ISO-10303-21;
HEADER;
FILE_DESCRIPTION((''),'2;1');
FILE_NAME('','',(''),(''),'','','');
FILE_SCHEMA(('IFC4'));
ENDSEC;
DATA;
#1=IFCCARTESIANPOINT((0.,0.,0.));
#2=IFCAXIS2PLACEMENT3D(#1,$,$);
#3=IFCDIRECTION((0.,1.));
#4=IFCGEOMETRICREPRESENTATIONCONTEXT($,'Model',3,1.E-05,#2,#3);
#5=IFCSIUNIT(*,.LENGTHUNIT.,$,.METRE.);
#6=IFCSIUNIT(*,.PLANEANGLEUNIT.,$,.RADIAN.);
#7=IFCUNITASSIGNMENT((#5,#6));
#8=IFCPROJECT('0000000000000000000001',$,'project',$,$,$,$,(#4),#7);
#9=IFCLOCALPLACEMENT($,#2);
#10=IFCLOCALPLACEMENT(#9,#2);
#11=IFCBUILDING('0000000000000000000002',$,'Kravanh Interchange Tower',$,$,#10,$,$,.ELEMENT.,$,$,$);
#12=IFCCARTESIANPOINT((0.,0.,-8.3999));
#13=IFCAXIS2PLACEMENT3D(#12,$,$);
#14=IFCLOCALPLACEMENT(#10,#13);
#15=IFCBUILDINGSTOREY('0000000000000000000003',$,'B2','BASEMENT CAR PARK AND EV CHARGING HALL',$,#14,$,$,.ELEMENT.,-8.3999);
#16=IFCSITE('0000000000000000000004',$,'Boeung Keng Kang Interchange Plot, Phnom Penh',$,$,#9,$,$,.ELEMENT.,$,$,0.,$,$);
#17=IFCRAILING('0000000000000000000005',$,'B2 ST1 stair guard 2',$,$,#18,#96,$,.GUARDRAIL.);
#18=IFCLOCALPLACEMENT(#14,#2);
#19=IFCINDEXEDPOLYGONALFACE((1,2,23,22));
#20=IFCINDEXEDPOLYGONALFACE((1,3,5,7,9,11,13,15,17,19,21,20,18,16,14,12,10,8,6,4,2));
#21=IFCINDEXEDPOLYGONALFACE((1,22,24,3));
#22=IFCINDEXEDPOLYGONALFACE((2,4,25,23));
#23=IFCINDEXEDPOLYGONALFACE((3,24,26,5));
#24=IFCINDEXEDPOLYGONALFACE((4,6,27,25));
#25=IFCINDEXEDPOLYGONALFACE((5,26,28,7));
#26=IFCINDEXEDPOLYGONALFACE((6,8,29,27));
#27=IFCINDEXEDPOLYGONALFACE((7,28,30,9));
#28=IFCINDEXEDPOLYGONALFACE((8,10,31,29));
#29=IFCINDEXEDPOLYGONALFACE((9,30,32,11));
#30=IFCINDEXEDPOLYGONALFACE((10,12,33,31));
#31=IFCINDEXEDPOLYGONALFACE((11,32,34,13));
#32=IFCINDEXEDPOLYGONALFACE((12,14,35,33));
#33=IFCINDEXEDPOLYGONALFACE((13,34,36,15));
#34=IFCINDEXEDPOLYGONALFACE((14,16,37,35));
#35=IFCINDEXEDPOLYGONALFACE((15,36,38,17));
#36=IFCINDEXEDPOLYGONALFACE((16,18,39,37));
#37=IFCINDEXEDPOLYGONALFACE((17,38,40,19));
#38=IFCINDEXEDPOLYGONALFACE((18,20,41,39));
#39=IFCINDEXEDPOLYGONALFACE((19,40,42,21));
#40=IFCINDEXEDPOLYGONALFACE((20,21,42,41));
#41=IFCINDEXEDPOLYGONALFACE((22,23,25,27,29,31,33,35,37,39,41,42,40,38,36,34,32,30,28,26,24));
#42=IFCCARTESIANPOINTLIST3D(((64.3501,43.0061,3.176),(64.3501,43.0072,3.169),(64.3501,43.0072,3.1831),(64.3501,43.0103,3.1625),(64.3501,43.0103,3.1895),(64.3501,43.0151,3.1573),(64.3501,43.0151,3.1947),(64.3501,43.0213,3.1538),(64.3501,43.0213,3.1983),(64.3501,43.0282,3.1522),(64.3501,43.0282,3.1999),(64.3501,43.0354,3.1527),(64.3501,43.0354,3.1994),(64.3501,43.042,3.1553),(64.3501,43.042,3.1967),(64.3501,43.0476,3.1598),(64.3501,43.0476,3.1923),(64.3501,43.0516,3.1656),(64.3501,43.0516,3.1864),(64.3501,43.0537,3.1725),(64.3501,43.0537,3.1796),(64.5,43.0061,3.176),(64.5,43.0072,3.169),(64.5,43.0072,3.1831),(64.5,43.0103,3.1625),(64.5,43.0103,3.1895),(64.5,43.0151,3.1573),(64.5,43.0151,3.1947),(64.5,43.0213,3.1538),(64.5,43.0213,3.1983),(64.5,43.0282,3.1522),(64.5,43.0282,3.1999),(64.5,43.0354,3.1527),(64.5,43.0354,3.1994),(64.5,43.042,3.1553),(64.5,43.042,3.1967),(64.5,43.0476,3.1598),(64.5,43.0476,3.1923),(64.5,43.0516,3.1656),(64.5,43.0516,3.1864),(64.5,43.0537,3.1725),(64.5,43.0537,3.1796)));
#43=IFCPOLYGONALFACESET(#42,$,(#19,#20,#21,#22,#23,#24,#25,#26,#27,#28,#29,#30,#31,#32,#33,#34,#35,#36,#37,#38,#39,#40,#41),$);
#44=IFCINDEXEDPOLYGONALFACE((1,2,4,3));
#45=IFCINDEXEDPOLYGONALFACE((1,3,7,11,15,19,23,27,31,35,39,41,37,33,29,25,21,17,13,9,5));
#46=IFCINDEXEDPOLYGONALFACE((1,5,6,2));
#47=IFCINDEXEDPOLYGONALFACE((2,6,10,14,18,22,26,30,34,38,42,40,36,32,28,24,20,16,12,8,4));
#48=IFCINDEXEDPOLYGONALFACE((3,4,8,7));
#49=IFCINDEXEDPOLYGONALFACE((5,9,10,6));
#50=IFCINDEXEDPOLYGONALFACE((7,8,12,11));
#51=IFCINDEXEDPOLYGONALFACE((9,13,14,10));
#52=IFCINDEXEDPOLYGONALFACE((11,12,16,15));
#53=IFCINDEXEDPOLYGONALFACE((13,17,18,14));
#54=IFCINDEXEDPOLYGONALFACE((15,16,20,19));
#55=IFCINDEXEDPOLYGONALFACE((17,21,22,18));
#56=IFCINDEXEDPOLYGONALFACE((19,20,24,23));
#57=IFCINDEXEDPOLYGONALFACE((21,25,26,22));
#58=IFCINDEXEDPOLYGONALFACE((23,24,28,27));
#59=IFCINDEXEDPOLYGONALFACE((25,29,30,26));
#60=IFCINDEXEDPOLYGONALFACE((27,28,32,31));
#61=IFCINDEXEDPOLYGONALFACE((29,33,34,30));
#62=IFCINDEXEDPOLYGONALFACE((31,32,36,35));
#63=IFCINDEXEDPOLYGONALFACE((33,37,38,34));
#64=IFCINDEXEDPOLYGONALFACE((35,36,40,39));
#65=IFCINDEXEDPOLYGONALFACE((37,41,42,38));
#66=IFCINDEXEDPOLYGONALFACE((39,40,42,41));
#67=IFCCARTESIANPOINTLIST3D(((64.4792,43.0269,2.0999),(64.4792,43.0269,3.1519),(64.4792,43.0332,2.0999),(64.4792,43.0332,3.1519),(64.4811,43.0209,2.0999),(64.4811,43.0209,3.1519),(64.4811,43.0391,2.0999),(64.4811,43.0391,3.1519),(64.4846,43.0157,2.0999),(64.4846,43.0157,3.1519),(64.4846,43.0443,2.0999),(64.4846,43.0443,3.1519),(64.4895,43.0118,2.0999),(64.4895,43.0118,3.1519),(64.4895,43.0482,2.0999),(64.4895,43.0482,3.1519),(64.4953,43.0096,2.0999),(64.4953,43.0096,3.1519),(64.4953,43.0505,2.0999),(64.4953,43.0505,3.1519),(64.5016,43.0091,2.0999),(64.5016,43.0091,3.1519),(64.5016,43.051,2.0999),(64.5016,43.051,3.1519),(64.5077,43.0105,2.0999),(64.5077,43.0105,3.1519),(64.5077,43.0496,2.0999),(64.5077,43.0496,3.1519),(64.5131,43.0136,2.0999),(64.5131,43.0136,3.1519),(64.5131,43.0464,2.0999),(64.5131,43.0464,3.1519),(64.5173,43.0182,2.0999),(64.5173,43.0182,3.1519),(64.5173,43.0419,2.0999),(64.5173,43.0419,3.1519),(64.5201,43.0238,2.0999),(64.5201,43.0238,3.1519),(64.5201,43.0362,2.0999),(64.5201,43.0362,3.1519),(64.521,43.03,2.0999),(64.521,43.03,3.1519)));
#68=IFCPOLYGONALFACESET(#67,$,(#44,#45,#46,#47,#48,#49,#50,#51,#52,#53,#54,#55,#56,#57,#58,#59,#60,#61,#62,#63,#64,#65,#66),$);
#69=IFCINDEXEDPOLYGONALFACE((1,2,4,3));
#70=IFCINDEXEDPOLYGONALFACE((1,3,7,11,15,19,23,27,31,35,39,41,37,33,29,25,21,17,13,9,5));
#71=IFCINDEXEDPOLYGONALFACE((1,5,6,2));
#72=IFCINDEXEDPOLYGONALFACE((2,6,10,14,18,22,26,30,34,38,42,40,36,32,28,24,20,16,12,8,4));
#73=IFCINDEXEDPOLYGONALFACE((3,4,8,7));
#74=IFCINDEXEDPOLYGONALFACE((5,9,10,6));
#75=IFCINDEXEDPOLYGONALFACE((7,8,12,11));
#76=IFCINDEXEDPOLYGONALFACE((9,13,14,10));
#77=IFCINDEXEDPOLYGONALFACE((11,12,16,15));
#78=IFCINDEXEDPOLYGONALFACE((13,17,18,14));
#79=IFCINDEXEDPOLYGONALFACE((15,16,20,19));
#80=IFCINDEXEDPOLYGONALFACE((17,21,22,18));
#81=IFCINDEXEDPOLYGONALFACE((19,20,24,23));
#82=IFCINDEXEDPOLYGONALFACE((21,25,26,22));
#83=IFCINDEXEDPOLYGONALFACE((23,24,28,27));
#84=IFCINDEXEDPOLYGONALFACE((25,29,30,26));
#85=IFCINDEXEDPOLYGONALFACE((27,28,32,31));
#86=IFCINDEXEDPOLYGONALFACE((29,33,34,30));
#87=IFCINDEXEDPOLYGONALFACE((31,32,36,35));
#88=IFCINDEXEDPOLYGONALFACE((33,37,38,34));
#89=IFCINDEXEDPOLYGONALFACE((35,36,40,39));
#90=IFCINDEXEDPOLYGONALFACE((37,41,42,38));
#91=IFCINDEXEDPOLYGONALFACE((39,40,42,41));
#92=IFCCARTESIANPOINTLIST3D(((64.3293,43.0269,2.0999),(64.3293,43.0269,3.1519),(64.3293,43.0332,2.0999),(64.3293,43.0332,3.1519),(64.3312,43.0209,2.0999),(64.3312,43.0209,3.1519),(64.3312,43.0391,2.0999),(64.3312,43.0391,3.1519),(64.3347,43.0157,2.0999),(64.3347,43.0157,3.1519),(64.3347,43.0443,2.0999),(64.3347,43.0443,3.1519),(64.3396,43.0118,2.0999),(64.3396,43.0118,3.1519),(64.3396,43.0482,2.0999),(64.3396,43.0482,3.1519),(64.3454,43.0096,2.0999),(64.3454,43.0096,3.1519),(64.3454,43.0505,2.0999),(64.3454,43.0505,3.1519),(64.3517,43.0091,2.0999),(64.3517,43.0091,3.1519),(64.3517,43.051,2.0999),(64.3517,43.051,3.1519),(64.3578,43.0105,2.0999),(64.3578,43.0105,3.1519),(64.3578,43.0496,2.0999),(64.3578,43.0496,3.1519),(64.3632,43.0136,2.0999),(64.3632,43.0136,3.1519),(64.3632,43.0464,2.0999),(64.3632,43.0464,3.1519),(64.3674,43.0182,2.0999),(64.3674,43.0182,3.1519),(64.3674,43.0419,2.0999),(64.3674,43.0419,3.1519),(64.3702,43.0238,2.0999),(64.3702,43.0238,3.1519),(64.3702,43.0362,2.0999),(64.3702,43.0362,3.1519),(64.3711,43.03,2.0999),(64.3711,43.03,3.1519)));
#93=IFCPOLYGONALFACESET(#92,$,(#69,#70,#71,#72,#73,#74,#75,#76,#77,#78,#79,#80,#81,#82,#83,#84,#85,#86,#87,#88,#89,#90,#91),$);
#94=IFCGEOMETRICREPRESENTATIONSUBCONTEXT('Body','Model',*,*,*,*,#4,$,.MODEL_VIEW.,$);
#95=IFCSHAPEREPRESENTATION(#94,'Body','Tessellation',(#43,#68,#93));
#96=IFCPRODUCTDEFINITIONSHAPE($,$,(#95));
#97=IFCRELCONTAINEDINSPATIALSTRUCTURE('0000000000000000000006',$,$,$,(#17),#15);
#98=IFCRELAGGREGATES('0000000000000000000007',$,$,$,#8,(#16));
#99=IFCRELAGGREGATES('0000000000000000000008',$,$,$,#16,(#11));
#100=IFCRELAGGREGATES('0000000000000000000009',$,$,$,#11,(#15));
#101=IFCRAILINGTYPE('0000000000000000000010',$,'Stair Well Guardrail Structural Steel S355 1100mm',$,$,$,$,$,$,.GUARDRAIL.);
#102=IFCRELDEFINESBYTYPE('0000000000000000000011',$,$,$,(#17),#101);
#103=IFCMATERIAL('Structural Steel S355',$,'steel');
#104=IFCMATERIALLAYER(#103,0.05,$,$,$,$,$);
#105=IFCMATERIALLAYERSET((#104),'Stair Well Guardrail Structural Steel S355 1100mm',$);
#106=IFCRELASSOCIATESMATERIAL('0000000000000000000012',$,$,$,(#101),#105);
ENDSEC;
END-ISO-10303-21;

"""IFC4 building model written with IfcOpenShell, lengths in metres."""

from ifc_helpers import new_model, si_unit, direction, frame, origin, origin_2d, place, context, subcontext, project, spatial, circle, extrude, material, layer, layer_set, type_object, element, save


model = new_model("IFC4")

# Units and contexts
model_context = context("Model", 3, precision=1e-05, world=origin(), true_north=direction((0.0, 1.0)))
body_context = subcontext(model_context, "Body", "Model", "MODEL_VIEW")
ifc_project = project(units=[si_unit("LENGTHUNIT", "METRE"), si_unit("PLANEANGLEUNIT", "RADIAN")], contexts=[model_context])

# Site, building, storey
site_placement = place(None, origin())
site = spatial("IfcSite", under=ifc_project, at=site_placement, Name="Boeung Keng Kang Interchange Plot, Phnom Penh", CompositionType="ELEMENT", RefElevation=0.0)
building_placement = place(site_placement, origin())
building = spatial("IfcBuilding", under=site, at=building_placement, Name="Kravanh Interchange Tower", CompositionType="ELEMENT")
storey_placement = place(building_placement, frame((0.0, 0.0, -8.3999)))
storey = spatial("IfcBuildingStorey", under=building, at=storey_placement, Name="B2", Description="BASEMENT CAR PARK AND EV CHARGING HALL", CompositionType="ELEMENT", Elevation=-8.3999)

# Railing
ifc_material_1 = material(Name="Structural Steel S355", Category="steel")
ifc_layer_1 = layer(ifc_material_1, 0.05)
ifc_layer_set_1 = layer_set([ifc_layer_1], Name="Stair Well Guardrail Structural Steel S355 1100mm")
railing_type_1 = type_object("IfcRailingType", Name="Stair Well Guardrail Structural Steel S355 1100mm", PredefinedType="GUARDRAIL", material=ifc_layer_set_1)
railing_1_placement = place(storey_placement, frame((64.5, 43.03, 2.0999)))
element("IfcRailing", 1, at=railing_1_placement, inside=storey, type_object=railing_type_1, Name="B2 ST1 stair guard 2", PredefinedType="GUARDRAIL", context=body_context, shape_type="SweptSolid", body=[
    extrude(circle(Radius=0.0239, at=origin_2d()), frame((0.0, 0.0, 1.0762), z_axis=(-1.0, 0.0, 0.0), x_axis=(0.0, -1.0, 0.0)), (0.0, 0.0, 1.0), 0.1499),
    extrude(circle(Radius=0.021, at=origin_2d()), origin(), (0.0, 0.0, 1.0), 1.052),
    extrude(circle(Radius=0.021, at=origin_2d()), frame((-0.1499, 0.0, 0.0)), (0.0, 0.0, 1.0), 1.052),
])

save(model, "model.ifc")
